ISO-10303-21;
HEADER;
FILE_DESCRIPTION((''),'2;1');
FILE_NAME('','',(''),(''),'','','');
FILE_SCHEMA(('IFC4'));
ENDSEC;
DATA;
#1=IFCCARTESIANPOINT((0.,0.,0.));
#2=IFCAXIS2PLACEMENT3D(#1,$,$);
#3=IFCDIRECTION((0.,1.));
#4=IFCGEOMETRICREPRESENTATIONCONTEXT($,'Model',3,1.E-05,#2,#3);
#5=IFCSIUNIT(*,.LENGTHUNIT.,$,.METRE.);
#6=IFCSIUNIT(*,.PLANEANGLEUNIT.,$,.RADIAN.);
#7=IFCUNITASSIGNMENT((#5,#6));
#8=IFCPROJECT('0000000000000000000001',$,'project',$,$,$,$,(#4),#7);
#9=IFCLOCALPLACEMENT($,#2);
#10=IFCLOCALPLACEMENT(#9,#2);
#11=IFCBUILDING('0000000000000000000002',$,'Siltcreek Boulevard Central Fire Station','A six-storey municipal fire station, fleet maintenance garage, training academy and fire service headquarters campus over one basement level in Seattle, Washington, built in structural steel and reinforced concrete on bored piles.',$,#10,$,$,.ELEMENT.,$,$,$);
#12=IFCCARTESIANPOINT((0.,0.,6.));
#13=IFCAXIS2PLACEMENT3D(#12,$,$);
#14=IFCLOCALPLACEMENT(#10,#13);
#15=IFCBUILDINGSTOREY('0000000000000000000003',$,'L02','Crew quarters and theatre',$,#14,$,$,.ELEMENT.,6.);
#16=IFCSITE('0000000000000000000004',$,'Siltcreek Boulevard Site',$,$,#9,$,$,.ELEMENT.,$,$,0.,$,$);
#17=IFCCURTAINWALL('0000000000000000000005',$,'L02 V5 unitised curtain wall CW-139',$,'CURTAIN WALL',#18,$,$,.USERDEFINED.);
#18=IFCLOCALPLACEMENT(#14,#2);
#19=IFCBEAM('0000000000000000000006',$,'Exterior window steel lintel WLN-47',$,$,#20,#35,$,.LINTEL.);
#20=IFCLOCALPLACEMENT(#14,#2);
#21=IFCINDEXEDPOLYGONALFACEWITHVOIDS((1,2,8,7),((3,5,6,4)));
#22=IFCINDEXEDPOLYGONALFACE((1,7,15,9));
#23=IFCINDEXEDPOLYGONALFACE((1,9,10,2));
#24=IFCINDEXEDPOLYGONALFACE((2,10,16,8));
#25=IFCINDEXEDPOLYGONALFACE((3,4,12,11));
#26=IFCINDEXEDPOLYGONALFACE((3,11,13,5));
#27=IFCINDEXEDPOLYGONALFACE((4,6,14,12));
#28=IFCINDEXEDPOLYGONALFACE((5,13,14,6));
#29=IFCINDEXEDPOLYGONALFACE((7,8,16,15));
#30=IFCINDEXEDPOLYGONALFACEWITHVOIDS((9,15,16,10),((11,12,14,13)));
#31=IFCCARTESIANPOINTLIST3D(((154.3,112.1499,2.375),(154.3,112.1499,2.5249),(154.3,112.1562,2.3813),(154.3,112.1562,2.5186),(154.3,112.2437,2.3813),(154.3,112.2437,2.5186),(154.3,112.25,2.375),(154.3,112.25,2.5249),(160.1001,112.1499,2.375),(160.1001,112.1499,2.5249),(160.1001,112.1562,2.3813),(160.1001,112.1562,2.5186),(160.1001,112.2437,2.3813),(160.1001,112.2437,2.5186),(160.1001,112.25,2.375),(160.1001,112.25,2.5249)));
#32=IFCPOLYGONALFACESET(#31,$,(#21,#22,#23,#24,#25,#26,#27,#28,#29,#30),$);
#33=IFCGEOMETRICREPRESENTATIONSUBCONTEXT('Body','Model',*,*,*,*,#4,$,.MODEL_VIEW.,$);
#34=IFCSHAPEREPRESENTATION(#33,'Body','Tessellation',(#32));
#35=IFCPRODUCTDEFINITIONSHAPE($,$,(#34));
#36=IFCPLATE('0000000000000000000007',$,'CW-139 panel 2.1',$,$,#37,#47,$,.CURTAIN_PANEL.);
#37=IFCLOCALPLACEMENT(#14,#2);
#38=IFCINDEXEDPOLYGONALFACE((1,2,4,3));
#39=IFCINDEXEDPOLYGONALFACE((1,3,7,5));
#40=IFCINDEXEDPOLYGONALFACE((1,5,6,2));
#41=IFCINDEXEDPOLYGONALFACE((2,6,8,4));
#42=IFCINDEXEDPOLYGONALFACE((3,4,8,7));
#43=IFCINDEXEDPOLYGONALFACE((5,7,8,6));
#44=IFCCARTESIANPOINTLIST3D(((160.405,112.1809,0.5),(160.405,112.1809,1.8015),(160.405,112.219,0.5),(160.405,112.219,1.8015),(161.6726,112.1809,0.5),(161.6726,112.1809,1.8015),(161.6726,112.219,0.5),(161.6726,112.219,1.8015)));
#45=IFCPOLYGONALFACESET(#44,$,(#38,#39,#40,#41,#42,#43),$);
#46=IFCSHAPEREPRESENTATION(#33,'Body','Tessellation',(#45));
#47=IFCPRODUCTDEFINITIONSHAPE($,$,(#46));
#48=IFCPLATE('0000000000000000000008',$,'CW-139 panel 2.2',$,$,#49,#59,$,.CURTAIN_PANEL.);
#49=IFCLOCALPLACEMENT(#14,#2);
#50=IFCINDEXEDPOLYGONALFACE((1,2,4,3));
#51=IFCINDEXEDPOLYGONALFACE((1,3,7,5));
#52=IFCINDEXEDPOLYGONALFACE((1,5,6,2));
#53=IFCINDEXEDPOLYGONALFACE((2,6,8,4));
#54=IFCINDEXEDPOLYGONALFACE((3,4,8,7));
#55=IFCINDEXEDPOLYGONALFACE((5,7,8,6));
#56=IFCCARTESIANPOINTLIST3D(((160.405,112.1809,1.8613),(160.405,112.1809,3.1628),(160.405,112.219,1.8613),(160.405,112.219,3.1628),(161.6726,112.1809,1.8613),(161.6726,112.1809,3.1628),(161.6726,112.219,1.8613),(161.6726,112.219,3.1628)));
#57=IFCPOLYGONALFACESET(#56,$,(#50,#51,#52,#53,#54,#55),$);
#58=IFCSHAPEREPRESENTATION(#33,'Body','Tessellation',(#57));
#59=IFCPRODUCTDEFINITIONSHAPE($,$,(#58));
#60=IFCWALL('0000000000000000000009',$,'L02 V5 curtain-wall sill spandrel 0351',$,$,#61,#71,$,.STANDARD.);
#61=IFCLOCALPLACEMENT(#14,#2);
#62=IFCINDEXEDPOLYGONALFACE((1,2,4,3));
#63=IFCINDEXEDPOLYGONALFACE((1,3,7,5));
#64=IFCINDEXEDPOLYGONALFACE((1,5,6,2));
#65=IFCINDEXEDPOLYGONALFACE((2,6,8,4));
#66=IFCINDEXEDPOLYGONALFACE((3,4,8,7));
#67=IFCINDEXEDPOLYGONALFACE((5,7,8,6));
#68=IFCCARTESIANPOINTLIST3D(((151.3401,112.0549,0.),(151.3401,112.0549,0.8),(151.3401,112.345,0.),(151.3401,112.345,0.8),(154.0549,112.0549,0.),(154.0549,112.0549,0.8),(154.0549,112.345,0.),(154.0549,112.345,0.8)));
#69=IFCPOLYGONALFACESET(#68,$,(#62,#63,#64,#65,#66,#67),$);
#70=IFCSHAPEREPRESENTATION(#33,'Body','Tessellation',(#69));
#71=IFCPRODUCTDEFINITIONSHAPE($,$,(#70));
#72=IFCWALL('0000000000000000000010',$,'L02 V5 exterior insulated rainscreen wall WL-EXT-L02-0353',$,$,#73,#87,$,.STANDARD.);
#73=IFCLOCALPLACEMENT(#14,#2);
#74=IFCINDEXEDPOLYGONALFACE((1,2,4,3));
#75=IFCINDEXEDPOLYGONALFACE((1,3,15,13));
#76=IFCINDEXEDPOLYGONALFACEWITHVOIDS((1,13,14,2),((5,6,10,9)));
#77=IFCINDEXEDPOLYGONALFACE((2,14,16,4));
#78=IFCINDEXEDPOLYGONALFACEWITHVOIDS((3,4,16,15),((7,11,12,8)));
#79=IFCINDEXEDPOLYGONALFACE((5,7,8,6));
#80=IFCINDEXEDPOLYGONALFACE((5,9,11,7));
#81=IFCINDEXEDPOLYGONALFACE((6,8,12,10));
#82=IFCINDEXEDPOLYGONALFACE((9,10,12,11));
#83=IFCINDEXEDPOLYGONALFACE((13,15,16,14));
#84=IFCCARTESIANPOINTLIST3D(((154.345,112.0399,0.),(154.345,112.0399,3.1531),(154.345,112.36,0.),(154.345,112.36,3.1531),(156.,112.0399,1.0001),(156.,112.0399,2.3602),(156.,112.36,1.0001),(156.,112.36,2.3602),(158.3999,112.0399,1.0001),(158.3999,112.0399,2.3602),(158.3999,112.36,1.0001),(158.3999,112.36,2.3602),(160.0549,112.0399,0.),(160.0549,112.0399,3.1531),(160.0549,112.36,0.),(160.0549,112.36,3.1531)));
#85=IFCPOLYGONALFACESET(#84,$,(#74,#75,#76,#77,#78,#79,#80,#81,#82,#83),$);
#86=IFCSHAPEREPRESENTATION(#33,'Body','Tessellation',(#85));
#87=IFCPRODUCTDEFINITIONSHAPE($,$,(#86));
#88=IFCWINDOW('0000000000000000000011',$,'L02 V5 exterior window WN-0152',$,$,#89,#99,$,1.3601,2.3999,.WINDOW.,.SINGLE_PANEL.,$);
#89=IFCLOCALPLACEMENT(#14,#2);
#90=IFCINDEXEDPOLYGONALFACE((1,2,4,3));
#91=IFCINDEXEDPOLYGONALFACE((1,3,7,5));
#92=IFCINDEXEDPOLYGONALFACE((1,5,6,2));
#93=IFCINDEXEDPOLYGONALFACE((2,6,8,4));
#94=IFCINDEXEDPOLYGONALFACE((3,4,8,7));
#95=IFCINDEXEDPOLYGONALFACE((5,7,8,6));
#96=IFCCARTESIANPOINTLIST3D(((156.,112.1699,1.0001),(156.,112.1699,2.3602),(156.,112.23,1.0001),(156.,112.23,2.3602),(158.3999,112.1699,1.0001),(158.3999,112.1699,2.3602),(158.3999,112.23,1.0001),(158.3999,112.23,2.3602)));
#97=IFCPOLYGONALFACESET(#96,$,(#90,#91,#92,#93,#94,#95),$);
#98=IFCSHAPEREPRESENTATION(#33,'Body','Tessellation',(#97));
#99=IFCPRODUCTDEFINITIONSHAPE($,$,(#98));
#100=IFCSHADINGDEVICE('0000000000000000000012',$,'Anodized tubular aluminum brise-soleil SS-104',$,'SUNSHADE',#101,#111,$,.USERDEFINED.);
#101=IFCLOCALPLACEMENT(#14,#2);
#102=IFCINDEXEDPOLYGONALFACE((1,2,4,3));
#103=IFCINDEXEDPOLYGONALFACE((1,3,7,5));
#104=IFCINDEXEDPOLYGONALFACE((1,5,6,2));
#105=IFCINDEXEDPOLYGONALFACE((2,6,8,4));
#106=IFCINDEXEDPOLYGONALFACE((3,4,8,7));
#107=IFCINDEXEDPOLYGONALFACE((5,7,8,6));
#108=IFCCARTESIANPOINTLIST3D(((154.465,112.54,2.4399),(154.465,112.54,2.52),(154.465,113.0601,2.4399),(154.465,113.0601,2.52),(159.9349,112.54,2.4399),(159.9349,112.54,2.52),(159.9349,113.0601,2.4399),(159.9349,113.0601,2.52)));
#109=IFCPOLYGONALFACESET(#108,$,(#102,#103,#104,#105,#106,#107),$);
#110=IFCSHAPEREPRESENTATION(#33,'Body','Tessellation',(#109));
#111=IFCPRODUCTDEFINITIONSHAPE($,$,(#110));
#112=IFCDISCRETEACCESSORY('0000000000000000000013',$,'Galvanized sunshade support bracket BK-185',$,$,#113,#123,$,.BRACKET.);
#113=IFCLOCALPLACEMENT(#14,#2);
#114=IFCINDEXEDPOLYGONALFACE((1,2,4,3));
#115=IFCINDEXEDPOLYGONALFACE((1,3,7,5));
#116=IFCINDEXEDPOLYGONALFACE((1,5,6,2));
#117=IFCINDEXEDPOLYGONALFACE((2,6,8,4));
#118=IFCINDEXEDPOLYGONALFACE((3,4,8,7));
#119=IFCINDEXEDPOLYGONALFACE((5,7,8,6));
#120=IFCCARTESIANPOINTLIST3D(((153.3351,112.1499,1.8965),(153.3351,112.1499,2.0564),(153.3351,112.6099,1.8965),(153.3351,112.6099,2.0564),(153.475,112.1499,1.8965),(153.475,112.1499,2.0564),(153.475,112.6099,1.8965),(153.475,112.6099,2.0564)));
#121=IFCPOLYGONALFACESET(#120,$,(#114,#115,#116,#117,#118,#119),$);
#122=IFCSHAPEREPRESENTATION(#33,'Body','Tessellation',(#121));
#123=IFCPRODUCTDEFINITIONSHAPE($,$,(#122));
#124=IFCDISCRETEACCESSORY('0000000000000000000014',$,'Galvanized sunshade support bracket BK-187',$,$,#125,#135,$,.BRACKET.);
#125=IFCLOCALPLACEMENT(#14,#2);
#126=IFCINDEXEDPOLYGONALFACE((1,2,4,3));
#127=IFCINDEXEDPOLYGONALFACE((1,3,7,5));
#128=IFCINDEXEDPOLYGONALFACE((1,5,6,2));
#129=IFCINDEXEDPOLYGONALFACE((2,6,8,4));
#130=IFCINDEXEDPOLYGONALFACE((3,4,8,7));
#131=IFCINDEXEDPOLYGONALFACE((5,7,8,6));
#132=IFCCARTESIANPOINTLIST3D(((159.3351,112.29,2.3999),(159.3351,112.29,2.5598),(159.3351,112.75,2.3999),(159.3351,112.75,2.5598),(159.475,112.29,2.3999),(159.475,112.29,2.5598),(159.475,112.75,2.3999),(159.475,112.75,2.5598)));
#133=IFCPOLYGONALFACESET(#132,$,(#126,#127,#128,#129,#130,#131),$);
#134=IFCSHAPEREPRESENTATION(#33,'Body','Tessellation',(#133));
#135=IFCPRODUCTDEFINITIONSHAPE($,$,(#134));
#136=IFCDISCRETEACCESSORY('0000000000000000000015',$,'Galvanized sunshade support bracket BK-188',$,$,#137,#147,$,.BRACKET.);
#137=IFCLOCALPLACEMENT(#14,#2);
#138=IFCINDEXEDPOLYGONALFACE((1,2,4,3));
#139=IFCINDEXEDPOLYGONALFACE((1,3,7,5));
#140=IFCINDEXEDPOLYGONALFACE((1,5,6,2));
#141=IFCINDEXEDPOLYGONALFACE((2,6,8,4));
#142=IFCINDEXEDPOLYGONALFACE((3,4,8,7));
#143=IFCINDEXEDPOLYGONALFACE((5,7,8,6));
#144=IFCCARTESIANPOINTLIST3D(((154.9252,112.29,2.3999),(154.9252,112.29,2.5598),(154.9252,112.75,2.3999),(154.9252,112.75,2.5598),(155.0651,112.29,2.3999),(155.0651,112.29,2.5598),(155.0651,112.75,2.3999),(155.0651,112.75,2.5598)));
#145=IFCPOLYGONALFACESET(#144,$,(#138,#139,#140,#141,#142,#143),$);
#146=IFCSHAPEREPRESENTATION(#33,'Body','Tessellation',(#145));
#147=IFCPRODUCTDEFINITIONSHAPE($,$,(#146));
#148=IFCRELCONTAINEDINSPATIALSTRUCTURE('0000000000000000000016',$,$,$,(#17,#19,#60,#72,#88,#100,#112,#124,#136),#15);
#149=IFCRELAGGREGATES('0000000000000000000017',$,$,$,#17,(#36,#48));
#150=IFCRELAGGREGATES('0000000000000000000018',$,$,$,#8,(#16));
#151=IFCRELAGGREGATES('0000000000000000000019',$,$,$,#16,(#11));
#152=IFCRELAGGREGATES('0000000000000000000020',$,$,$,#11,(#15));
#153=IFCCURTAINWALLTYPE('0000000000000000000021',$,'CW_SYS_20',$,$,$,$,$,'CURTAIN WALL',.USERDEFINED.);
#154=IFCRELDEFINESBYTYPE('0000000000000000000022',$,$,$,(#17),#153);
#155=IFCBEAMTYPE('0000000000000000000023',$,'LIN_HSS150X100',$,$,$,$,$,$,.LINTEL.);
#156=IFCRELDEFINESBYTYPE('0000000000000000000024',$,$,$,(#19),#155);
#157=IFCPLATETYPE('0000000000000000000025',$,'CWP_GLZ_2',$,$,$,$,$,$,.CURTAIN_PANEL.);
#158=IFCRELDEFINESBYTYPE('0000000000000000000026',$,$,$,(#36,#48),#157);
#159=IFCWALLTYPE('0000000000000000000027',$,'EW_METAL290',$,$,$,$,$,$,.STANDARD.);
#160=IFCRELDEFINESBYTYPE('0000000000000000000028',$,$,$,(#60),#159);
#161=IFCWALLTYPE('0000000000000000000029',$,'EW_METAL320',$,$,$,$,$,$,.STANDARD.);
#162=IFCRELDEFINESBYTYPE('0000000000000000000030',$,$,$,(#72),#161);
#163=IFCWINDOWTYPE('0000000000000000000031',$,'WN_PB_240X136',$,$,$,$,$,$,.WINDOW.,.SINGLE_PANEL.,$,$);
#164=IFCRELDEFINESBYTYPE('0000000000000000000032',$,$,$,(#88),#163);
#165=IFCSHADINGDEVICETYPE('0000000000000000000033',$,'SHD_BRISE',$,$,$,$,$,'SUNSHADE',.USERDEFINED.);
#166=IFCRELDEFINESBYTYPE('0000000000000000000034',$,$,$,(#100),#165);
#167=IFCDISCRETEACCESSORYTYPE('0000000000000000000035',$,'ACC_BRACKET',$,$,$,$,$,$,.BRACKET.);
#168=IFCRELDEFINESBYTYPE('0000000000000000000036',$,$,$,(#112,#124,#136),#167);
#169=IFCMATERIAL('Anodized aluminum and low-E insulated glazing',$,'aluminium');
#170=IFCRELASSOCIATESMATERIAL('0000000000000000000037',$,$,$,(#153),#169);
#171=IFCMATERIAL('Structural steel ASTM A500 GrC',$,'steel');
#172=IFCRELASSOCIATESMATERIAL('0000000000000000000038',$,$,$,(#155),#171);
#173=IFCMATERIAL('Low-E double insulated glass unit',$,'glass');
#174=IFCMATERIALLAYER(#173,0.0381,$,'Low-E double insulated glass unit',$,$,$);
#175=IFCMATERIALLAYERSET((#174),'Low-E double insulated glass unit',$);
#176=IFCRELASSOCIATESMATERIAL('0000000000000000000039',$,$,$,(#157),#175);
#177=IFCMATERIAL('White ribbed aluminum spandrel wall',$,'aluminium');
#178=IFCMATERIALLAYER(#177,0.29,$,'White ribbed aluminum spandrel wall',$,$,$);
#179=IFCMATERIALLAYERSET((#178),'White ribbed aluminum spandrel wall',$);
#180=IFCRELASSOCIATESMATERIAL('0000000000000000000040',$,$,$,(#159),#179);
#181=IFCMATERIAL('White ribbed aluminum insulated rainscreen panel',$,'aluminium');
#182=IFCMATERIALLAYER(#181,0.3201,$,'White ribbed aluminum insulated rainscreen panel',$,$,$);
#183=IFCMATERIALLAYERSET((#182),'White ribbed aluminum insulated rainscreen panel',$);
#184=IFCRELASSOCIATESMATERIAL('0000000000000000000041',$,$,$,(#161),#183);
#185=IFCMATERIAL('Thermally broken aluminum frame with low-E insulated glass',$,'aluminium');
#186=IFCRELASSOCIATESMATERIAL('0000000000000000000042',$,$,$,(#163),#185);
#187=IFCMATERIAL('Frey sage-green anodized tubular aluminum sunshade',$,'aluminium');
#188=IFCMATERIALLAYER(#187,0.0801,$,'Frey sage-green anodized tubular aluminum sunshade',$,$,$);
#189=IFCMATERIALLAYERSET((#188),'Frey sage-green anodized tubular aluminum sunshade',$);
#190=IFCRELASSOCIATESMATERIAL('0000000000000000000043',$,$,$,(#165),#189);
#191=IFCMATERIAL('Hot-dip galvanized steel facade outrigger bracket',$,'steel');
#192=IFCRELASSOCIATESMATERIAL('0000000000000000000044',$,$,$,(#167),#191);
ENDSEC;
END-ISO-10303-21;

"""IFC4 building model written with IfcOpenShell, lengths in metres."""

from ifc_helpers import new_model, si_unit, direction, frame, frame_2d, origin, origin_2d, place, context, subcontext, project, spatial, rectangle, hollow_rectangle, extrude, material, layer, layer_set, material_profile, profile_set, type_object, element, fill, aggregate, save


model = new_model("IFC4")

# Units and contexts
model_context = context("Model", 3, precision=1e-05, world=origin(), true_north=direction((0.0, 1.0)))
body_context = subcontext(model_context, "Body", "Model", "MODEL_VIEW")
ifc_project = project(units=[si_unit("LENGTHUNIT", "METRE"), si_unit("PLANEANGLEUNIT", "RADIAN")], contexts=[model_context])

# Site, building, storey
site_placement = place(None, origin())
site = spatial("IfcSite", under=ifc_project, at=site_placement, Name="Siltcreek Boulevard Site", CompositionType="ELEMENT", RefElevation=0.0)
building_placement = place(site_placement, origin())
building = spatial("IfcBuilding", under=site, at=building_placement, Name="Siltcreek Boulevard Central Fire Station", Description="A six-storey municipal fire station, fleet maintenance garage, training academy and fire service headquarters campus over one basement level in Seattle, Washington, built in structural steel and reinforced concrete on bored piles.", CompositionType="ELEMENT")
storey_placement = place(building_placement, frame((0.0, 0.0, 6.0)))
storey = spatial("IfcBuildingStorey", under=building, at=storey_placement, Name="L02", Description="Crew quarters and theatre", CompositionType="ELEMENT", Elevation=6.0)

# Curtain wall
ifc_material_1 = material(Name="Anodized aluminum and low-E insulated glazing", Category="aluminium")
curtain_wall_type_1 = type_object("IfcCurtainWallType", Name="CW_SYS_20", ElementType="CURTAIN WALL", PredefinedType="USERDEFINED", material=ifc_material_1)
curtain_wall_1_placement = place(storey_placement, origin())
curtain_wall_1 = element("IfcCurtainWall", 1, at=curtain_wall_1_placement, inside=storey, type_object=curtain_wall_type_1, Name="L02 V5 unitised curtain wall CW-139", ObjectType="CURTAIN WALL", PredefinedType="USERDEFINED")

# Beam
ifc_material_2 = material(Name="Structural steel ASTM A500 GrC", Category="steel")
ifc_material_profile_1 = material_profile(ifc_material_2, hollow_rectangle(XDim=0.1001, YDim=0.1499, WallThickness=0.0063, at=origin_2d()), Name="HSS150X100X6.4")
ifc_profile_set_1 = profile_set([ifc_material_profile_1], Name="Structural steel ASTM A500 GrC")
beam_type_1 = type_object("IfcBeamType", Name="LIN_HSS150X100", PredefinedType="LINTEL", material=ifc_profile_set_1)
beam_placement = place(storey_placement, frame((160.1001, 112.2, 2.45), z_axis=(-1.0, 0.0, 0.0), x_axis=(0.0, -1.0, 0.0)))
element("IfcBeam", 2, at=beam_placement, inside=storey, type_object=beam_type_1, Name="Exterior window steel lintel WLN-47", PredefinedType="LINTEL", context=body_context, shape_type="SweptSolid", body=[
    extrude(hollow_rectangle(XDim=0.1001, YDim=0.1499, WallThickness=0.0063, at=origin_2d()), origin(), (0.0, 0.0, 1.0), 5.8),
])

# Plates
ifc_material_3 = material(Name="Low-E double insulated glass unit", Category="glass")
ifc_layer_1 = layer(ifc_material_3, 0.0381, Name="Low-E double insulated glass unit")
ifc_layer_set_1 = layer_set([ifc_layer_1], Name="Low-E double insulated glass unit")
plate_type = type_object("IfcPlateType", Name="CWP_GLZ_2", PredefinedType="CURTAIN_PANEL", material=ifc_layer_set_1)
plate_1_placement = place(storey_placement, frame((161.0388, 112.2, 0.5), z_axis=(0.0, 0.0, 1.0), x_axis=(-1.0, 0.0, 0.0)))
plate_1 = element("IfcPlate", 3, at=plate_1_placement, type_object=plate_type, Name="CW-139 panel 2.1", PredefinedType="CURTAIN_PANEL", context=body_context, shape_type="SweptSolid", body=[
    extrude(rectangle(XDim=1.2676, YDim=0.0381, at=origin_2d()), origin(), (0.0, 0.0, 1.0), 1.3015),
])
plate_2_placement = place(storey_placement, frame((161.0388, 112.2, 1.8613), z_axis=(0.0, 0.0, 1.0), x_axis=(-1.0, 0.0, 0.0)))
plate_2 = element("IfcPlate", 4, at=plate_2_placement, type_object=plate_type, Name="CW-139 panel 2.2", PredefinedType="CURTAIN_PANEL", context=body_context, shape_type="SweptSolid", body=[
    extrude(rectangle(XDim=1.2676, YDim=0.0381, at=origin_2d()), origin(), (0.0, 0.0, 1.0), 1.3015),
])
aggregate(curtain_wall_1, [plate_1, plate_2])

# Wall
ifc_material_4 = material(Name="White ribbed aluminum spandrel wall", Category="aluminium")
ifc_layer_2 = layer(ifc_material_4, 0.29, Name="White ribbed aluminum spandrel wall")
ifc_layer_set_2 = layer_set([ifc_layer_2], Name="White ribbed aluminum spandrel wall")
wall_type_1 = type_object("IfcWallType", Name="EW_METAL290", PredefinedType="STANDARD", material=ifc_layer_set_2)
wall_1_placement = place(storey_placement, frame((154.0549, 112.2, 0.0), z_axis=(0.0, 0.0, 1.0), x_axis=(-1.0, 0.0, 0.0)))
element("IfcWall", 5, at=wall_1_placement, inside=storey, type_object=wall_type_1, Name="L02 V5 curtain-wall sill spandrel 0351", PredefinedType="STANDARD", context=body_context, shape_type="SweptSolid", body=[
    extrude(rectangle(XDim=2.7148, YDim=0.29, at=frame_2d((1.3574, 0.0))), origin(), (0.0, 0.0, 1.0), 0.8),
])

# Wall, opening, window
ifc_material_5 = material(Name="White ribbed aluminum insulated rainscreen panel", Category="aluminium")
ifc_layer_3 = layer(ifc_material_5, 0.3201, Name="White ribbed aluminum insulated rainscreen panel")
ifc_layer_set_3 = layer_set([ifc_layer_3], Name="White ribbed aluminum insulated rainscreen panel")
wall_type_2 = type_object("IfcWallType", Name="EW_METAL320", PredefinedType="STANDARD", material=ifc_layer_set_3)
wall_2_placement = place(storey_placement, frame((160.0549, 112.2, 0.0), z_axis=(0.0, 0.0, 1.0), x_axis=(-1.0, 0.0, 0.0)))
wall_2 = element("IfcWall", 6, at=wall_2_placement, inside=storey, type_object=wall_type_2, Name="L02 V5 exterior insulated rainscreen wall WL-EXT-L02-0353", PredefinedType="STANDARD", context=body_context, shape_type="SweptSolid", body=[
    extrude(rectangle(XDim=5.71, YDim=0.3201, at=frame_2d((2.855, 0.0))), origin(), (0.0, 0.0, 1.0), 3.1531),
])
opening_placement = place(wall_2_placement, frame((1.655, 0.0, 1.0)))
opening = element("IfcOpeningElement", 7, at=opening_placement, cuts=wall_2, PredefinedType="OPENING", context=body_context, shape_type="SweptSolid", body=[
    extrude(rectangle(XDim=2.3999, YDim=1.3601, at=frame_2d((1.2, 0.6802))), frame((0.0, 0.1699, 0.0), z_axis=(0.0, -1.0, 0.0), x_axis=(1.0, 0.0, 0.0)), (0.0, 0.0, 1.0), 0.3401),
])
ifc_material_6 = material(Name="Thermally broken aluminum frame with low-E insulated glass", Category="aluminium")
window_type = type_object("IfcWindowType", Name="WN_PB_240X136", PartitioningType="SINGLE_PANEL", PredefinedType="WINDOW", material=ifc_material_6)
window_placement = place(opening_placement, origin())
window = element("IfcWindow", 8, at=window_placement, inside=storey, type_object=window_type, Name="L02 V5 exterior window WN-0152", OverallHeight=1.3601, OverallWidth=2.3999, PartitioningType="SINGLE_PANEL", PredefinedType="WINDOW", context=body_context, shape_type="SweptSolid", body=[
    extrude(rectangle(XDim=2.3999, YDim=1.3601, at=frame_2d((1.2, 0.6802))), frame((0.0, 0.03, 0.0), z_axis=(0.0, -1.0, 0.0), x_axis=(1.0, 0.0, 0.0)), (0.0, 0.0, 1.0), 0.0601),
])
fill(opening, window)

# Shading device
ifc_material_7 = material(Name="Frey sage-green anodized tubular aluminum sunshade", Category="aluminium")
ifc_layer_4 = layer(ifc_material_7, 0.0801, Name="Frey sage-green anodized tubular aluminum sunshade")
ifc_layer_set_4 = layer_set([ifc_layer_4], Name="Frey sage-green anodized tubular aluminum sunshade")
shading_device_type = type_object("IfcShadingDeviceType", Name="SHD_BRISE", ElementType="SUNSHADE", PredefinedType="USERDEFINED", material=ifc_layer_set_4)
shading_device_placement = place(storey_placement, frame((157.2, 112.8, 2.4399), z_axis=(0.0, 0.0, 1.0), x_axis=(-1.0, 0.0, 0.0)))
element("IfcShadingDevice", 9, at=shading_device_placement, inside=storey, type_object=shading_device_type, Name="Anodized tubular aluminum brise-soleil SS-104", ObjectType="SUNSHADE", PredefinedType="USERDEFINED", context=body_context, shape_type="SweptSolid", body=[
    extrude(rectangle(XDim=5.47, YDim=0.52, at=origin_2d()), origin(), (0.0, 0.0, 1.0), 0.0801),
])

# Discrete accessories
ifc_material_8 = material(Name="Hot-dip galvanized steel facade outrigger bracket", Category="steel")
discrete_accessory_type = type_object("IfcDiscreteAccessoryType", Name="ACC_BRACKET", PredefinedType="BRACKET", material=ifc_material_8)
for number, where, z_axis, x_axis, name in (
    (10, (153.405, 112.3799, 1.8965), (0.0, 0.0, 1.0), (-1.0, 0.0, 0.0), "Galvanized sunshade support bracket BK-185"),
    (11, (159.405, 112.52, 2.3999), (0.0, 0.0, 1.0), (-1.0, 0.0, 0.0), "Galvanized sunshade support bracket BK-187"),
    (12, (154.9951, 112.52, 2.3999), (0.0, 0.0, 1.0), (-1.0, 0.0, 0.0), "Galvanized sunshade support bracket BK-188"),
):
    element("IfcDiscreteAccessory", number, at=place(storey_placement, frame(where, z_axis=z_axis, x_axis=x_axis)), inside=storey, type_object=discrete_accessory_type, Name=name, PredefinedType="BRACKET", context=body_context, shape_type="SweptSolid", body=[
        extrude(rectangle(XDim=0.1399, YDim=0.46, at=origin_2d()), origin(), (0.0, 0.0, 1.0), 0.1599),
    ])

save(model, "model.ifc")
